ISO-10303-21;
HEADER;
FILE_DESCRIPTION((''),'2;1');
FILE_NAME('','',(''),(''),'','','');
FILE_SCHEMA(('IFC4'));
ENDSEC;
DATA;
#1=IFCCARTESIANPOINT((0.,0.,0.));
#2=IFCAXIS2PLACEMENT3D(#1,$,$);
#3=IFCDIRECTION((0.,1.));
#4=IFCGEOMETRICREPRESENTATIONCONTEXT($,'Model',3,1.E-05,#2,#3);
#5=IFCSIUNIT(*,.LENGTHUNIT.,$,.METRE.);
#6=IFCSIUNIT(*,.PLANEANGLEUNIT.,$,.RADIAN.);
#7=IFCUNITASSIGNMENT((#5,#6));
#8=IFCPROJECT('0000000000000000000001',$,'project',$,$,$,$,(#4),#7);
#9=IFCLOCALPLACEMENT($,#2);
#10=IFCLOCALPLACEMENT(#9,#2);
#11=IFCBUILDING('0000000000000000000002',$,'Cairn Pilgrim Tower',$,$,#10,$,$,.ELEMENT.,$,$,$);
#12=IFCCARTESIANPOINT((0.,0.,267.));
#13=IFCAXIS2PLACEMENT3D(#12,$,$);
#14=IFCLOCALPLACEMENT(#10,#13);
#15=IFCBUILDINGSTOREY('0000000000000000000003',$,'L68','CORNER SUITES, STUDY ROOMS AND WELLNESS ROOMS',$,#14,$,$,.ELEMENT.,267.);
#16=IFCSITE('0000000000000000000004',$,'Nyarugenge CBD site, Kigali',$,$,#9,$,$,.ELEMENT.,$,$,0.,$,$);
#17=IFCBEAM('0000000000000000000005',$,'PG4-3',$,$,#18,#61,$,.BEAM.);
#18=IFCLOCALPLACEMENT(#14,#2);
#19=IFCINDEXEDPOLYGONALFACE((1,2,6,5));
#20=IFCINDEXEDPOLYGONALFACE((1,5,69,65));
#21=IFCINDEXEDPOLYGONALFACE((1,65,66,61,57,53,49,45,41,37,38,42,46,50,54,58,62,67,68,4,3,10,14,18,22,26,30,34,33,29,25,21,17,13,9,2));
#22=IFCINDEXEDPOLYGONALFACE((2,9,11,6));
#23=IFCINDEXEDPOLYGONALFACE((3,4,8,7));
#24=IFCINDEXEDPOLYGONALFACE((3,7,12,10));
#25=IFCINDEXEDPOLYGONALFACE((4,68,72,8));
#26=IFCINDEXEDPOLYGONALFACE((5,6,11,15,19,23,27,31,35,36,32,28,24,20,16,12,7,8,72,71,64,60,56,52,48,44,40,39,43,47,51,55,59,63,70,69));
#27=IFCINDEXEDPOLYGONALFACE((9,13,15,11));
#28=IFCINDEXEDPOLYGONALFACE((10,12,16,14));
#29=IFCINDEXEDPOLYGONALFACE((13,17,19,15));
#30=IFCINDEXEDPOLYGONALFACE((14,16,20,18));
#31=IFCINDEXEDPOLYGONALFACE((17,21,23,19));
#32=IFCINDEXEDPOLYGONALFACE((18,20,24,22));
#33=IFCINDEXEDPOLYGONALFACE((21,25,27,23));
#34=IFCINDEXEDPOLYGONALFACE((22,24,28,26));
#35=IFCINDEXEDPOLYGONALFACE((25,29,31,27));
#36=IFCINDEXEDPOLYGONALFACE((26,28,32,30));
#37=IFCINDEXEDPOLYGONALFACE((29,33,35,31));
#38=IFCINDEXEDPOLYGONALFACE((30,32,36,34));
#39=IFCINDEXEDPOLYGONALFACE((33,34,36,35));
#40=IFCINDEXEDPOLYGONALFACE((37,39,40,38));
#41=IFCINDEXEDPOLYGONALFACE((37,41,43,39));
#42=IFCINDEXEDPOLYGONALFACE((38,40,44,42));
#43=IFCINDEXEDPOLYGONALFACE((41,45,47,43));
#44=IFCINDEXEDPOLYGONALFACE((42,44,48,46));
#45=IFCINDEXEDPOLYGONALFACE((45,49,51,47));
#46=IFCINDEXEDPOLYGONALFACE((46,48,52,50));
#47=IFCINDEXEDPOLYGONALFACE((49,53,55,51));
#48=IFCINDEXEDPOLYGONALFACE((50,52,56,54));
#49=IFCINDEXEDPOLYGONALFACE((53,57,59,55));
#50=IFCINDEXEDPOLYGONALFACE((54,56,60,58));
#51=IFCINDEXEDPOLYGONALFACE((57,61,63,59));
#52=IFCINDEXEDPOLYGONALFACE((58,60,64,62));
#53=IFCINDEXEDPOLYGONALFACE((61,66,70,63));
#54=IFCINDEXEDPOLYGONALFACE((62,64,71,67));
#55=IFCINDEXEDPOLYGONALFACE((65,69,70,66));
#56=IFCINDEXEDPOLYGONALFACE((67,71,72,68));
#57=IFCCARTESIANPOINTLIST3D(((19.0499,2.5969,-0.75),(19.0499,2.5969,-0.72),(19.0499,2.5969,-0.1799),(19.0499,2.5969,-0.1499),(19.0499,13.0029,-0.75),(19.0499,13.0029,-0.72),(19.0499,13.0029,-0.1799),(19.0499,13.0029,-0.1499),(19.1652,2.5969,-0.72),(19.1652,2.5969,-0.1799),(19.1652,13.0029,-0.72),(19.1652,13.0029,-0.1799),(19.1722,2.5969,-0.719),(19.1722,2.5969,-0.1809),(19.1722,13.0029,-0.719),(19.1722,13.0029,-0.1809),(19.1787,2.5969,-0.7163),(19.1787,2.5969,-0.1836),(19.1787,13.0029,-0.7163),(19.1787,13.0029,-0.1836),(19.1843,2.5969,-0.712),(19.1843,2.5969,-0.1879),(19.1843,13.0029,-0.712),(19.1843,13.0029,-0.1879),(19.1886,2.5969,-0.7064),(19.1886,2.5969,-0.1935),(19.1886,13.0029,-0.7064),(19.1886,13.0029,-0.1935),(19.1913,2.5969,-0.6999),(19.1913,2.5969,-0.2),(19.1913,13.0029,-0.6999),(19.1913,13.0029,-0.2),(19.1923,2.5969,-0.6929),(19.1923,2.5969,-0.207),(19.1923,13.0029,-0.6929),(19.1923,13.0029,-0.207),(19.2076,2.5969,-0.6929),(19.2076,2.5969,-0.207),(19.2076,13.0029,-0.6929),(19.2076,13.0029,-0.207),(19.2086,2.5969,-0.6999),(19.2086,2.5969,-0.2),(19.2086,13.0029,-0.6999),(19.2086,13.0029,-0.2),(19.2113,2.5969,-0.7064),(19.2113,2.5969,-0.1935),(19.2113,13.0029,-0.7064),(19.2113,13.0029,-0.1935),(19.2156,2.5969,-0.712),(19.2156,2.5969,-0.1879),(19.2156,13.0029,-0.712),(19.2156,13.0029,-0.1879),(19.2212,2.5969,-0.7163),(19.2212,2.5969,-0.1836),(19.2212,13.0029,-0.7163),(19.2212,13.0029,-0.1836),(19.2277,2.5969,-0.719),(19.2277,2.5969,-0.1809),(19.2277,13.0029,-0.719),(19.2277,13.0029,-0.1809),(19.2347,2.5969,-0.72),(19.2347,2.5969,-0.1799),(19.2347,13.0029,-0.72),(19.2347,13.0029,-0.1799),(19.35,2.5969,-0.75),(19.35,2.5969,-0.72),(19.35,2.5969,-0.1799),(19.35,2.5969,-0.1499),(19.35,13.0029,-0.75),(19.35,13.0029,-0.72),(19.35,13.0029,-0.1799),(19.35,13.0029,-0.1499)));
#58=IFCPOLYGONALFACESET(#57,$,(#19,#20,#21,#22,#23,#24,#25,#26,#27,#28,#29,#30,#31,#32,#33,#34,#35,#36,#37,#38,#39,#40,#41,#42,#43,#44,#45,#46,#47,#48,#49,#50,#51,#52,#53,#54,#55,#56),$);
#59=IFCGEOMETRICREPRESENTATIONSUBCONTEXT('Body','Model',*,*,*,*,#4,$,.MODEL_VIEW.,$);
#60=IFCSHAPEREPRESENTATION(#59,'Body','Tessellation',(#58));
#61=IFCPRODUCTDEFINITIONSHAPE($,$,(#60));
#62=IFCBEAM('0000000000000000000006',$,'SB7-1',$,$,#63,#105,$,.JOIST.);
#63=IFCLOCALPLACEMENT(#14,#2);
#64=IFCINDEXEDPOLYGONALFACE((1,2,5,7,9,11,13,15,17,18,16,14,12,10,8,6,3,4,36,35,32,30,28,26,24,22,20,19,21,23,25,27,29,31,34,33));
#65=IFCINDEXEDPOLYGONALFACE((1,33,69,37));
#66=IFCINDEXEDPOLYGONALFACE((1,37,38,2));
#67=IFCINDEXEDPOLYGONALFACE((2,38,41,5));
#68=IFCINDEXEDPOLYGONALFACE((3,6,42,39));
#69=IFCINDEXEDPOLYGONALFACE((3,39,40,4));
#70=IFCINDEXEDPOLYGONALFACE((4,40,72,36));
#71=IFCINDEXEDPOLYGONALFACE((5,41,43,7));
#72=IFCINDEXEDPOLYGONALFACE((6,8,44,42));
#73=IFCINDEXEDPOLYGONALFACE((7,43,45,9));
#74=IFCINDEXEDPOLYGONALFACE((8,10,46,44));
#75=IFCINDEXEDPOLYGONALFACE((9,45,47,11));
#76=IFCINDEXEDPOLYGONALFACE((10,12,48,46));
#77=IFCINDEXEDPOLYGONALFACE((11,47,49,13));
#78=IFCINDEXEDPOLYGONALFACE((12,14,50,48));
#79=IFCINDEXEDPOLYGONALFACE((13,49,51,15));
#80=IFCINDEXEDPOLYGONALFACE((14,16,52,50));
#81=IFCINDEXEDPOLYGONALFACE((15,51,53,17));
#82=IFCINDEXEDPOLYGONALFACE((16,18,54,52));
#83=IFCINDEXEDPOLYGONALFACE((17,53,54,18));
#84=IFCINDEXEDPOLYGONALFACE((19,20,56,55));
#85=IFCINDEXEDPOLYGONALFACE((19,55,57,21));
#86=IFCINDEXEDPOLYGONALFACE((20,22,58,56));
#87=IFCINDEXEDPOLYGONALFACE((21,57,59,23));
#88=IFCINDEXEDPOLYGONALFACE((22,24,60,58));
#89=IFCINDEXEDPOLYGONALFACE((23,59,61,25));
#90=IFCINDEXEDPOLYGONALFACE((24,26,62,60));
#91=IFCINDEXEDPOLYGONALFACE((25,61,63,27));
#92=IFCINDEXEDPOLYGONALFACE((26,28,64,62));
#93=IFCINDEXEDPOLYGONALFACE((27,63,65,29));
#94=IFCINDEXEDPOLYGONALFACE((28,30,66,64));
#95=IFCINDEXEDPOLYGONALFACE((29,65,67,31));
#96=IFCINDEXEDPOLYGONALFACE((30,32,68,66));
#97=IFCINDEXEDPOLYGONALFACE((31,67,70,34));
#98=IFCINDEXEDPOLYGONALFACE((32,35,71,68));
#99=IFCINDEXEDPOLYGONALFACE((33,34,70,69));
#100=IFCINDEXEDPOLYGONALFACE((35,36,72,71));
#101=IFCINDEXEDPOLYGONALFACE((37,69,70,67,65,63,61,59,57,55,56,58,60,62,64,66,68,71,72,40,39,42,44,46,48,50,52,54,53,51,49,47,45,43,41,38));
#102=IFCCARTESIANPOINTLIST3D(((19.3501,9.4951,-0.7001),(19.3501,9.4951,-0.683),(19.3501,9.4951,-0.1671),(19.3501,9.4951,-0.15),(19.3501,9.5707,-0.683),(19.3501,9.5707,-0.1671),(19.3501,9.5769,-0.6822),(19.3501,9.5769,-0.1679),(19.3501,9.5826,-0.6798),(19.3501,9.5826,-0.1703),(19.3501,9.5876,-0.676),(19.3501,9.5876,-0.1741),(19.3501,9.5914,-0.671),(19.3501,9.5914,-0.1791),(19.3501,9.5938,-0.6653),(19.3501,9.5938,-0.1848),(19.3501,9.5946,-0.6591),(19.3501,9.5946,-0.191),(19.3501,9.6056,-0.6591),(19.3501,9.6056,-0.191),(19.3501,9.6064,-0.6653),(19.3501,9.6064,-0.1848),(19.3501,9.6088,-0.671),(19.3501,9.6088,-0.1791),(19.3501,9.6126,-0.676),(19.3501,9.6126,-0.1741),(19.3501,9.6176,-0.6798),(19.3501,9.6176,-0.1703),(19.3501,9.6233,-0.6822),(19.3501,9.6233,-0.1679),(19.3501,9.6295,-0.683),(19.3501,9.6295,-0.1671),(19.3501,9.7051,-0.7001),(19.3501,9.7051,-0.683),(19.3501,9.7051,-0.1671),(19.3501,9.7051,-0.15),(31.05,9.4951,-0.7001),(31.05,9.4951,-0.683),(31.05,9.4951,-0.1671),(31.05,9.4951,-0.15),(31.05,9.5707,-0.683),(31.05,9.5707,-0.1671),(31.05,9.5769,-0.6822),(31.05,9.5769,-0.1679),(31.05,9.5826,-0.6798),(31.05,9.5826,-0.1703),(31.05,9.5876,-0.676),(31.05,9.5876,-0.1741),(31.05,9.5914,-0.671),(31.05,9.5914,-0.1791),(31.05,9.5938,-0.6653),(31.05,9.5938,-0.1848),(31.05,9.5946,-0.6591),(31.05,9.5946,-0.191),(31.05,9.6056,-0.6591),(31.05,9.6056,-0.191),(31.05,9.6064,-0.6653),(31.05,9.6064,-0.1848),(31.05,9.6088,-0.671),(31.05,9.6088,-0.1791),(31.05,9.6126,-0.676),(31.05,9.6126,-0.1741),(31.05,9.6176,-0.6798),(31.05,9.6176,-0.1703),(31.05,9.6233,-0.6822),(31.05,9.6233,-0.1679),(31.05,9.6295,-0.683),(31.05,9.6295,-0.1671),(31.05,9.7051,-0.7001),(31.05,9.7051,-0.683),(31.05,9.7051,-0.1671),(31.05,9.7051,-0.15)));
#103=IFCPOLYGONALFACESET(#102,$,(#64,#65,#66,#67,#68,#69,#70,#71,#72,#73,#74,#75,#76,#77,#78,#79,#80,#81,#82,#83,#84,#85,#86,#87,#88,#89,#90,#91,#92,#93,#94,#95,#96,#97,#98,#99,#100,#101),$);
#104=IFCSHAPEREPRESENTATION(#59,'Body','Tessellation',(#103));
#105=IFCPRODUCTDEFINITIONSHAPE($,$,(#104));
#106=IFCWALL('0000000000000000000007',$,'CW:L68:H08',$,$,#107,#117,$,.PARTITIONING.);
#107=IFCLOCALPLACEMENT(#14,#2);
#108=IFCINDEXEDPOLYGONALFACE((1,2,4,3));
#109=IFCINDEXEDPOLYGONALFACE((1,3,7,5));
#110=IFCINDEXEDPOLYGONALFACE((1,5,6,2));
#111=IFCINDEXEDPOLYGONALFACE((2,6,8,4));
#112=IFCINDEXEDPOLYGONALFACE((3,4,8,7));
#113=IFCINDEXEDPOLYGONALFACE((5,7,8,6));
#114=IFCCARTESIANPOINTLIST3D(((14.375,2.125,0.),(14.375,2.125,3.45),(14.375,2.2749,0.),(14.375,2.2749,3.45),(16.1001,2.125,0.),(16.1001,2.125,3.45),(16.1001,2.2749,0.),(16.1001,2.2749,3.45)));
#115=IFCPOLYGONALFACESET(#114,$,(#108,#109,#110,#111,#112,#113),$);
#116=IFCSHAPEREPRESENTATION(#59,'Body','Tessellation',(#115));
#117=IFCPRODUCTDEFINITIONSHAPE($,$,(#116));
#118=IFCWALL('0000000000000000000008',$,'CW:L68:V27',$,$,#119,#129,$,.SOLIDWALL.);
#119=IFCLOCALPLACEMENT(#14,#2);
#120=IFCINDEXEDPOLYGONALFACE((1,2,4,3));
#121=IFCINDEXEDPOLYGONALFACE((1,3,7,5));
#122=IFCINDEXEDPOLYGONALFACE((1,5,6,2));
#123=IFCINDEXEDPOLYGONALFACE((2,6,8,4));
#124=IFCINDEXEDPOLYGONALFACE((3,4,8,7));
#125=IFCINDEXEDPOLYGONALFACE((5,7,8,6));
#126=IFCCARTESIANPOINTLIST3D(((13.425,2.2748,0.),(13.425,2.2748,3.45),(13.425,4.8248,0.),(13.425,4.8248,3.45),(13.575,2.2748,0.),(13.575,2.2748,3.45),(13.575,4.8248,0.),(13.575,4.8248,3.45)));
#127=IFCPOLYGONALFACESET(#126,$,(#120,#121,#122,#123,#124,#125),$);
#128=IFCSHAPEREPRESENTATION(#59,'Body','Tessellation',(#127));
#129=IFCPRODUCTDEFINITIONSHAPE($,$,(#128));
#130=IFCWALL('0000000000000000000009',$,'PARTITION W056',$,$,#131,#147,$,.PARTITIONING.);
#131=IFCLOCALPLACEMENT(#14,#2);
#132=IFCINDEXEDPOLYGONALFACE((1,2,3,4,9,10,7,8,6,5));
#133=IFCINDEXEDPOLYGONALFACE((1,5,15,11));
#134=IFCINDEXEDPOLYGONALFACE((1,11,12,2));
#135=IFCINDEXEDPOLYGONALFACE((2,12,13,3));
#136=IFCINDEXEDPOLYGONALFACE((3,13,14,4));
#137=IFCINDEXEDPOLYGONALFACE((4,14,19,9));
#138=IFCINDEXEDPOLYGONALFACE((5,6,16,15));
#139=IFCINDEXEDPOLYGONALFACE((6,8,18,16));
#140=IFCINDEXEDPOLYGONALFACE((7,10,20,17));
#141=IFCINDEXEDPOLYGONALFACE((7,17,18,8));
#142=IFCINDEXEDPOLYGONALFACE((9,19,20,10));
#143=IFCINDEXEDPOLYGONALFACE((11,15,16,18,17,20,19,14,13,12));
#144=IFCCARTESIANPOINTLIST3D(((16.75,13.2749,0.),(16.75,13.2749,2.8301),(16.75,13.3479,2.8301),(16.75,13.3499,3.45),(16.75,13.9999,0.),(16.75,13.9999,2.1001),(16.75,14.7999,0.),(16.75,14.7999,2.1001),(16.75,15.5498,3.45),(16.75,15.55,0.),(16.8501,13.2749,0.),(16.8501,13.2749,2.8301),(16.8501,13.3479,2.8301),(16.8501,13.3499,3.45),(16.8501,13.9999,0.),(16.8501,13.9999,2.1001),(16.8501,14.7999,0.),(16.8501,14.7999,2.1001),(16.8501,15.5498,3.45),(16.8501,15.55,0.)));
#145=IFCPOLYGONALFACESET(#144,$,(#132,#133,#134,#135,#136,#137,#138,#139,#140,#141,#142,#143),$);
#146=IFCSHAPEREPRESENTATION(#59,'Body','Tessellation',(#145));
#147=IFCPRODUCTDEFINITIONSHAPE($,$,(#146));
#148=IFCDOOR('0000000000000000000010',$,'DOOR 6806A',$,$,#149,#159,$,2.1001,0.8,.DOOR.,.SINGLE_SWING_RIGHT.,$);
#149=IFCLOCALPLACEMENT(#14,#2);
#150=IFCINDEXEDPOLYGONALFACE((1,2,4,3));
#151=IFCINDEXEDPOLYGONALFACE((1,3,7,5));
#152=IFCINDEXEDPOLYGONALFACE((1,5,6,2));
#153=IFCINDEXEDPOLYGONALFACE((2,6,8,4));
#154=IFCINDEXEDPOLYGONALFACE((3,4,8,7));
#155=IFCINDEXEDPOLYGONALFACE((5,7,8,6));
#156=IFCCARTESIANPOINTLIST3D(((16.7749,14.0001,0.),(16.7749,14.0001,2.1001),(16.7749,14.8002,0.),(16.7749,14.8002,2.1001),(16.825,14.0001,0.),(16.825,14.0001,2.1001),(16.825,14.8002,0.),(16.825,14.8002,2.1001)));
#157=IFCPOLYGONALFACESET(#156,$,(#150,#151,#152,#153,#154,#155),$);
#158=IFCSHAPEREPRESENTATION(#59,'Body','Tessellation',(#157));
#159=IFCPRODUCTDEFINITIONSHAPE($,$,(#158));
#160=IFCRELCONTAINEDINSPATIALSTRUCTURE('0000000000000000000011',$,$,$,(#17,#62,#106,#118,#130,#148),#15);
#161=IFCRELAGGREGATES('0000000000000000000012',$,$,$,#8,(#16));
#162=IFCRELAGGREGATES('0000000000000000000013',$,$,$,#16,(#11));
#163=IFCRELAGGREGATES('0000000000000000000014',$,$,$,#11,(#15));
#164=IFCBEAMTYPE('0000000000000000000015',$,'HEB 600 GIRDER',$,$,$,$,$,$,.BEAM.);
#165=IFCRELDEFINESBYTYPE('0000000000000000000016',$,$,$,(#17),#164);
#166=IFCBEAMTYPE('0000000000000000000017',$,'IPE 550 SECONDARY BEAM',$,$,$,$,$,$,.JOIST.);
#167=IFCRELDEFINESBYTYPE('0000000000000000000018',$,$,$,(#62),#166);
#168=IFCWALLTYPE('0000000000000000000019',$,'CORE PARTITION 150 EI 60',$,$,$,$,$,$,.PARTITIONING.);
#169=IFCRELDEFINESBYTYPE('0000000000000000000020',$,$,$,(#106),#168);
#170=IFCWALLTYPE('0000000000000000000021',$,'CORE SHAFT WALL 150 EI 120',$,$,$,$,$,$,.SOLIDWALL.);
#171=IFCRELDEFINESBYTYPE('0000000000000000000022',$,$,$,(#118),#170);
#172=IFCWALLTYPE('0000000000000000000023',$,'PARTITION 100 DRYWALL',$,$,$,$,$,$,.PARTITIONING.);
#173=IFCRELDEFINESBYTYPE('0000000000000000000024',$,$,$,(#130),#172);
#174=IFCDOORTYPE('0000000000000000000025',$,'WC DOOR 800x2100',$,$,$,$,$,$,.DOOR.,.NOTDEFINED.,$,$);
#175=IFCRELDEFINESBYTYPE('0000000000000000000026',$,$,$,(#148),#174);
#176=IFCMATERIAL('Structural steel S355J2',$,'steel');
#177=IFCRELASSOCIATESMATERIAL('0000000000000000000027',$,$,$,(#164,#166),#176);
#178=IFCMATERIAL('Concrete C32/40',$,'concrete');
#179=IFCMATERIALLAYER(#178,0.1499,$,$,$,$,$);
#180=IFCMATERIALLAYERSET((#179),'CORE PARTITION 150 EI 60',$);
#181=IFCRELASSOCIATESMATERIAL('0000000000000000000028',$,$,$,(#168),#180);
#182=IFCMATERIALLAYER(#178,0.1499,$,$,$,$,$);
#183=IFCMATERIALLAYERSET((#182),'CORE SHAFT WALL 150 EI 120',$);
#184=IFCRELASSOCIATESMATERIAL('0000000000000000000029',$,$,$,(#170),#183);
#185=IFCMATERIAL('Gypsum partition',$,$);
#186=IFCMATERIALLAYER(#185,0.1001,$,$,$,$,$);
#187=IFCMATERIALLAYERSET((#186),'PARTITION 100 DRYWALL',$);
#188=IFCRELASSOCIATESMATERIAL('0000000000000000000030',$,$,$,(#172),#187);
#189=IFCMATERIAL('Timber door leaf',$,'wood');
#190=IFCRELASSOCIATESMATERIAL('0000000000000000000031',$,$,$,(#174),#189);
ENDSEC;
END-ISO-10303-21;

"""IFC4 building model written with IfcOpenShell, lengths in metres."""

from ifc_helpers import new_model, si_unit, direction, frame, frame_2d, origin, origin_2d, place, context, subcontext, project, spatial, polyline, rectangle, i_section, outline, extrude, material, layer, layer_set, material_profile, profile_set, type_object, element, fill, save


model = new_model("IFC4")

# Units and contexts
model_context = context("Model", 3, precision=1e-05, world=origin(), true_north=direction((0.0, 1.0)))
body_context = subcontext(model_context, "Body", "Model", "MODEL_VIEW")
ifc_project = project(units=[si_unit("LENGTHUNIT", "METRE"), si_unit("PLANEANGLEUNIT", "RADIAN")], contexts=[model_context])

# Site, building, storey
site_placement = place(None, origin())
site = spatial("IfcSite", under=ifc_project, at=site_placement, Name="Nyarugenge CBD site, Kigali", CompositionType="ELEMENT", RefElevation=0.0)
building_placement = place(site_placement, origin())
building = spatial("IfcBuilding", under=site, at=building_placement, Name="Cairn Pilgrim Tower", CompositionType="ELEMENT")
storey_placement = place(building_placement, frame((0.0, 0.0, 267.0)))
storey = spatial("IfcBuildingStorey", under=building, at=storey_placement, Name="L68", Description="CORNER SUITES, STUDY ROOMS AND WELLNESS ROOMS", CompositionType="ELEMENT", Elevation=267.0)

# Shared definitions
ifc_material_1 = material(Name="Structural steel S355J2", Category="steel")

# Beams
ifc_material_profile_1 = material_profile(ifc_material_1, i_section(OverallWidth=0.3, OverallDepth=0.6001, WebThickness=0.0154, FlangeThickness=0.03, FilletRadius=0.0271, at=origin_2d()), Name="HEB 600")
ifc_profile_set_1 = profile_set([ifc_material_profile_1], Name="Structural steel S355J2")
beam_type_1 = type_object("IfcBeamType", Name="HEB 600 GIRDER", PredefinedType="BEAM", material=ifc_profile_set_1)
beam_1_placement = place(storey_placement, frame((19.2, 2.5969, -0.45), z_axis=(0.0, 1.0, 0.0), x_axis=(-1.0, 0.0, 0.0)))
element("IfcBeam", 1, at=beam_1_placement, inside=storey, type_object=beam_type_1, Name="PG4-3", PredefinedType="BEAM", context=body_context, shape_type="SweptSolid", body=[
    extrude(i_section(OverallWidth=0.3, OverallDepth=0.6001, WebThickness=0.0154, FlangeThickness=0.03, FilletRadius=0.0271, at=origin_2d()), origin(), (0.0, 0.0, 1.0), 10.406),
])
ifc_material_profile_2 = material_profile(ifc_material_1, i_section(OverallWidth=0.21, OverallDepth=0.55, WebThickness=0.011, FlangeThickness=0.0171, FilletRadius=0.0239, at=origin_2d()), Name="IPE 550")
ifc_profile_set_2 = profile_set([ifc_material_profile_2], Name="Structural steel S355J2")
beam_type_2 = type_object("IfcBeamType", Name="IPE 550 SECONDARY BEAM", PredefinedType="JOIST", material=ifc_profile_set_2)
beam_2_placement = place(storey_placement, frame((19.3501, 9.6001, -0.425), z_axis=(1.0, 0.0, 0.0), x_axis=(0.0, 1.0, 0.0)))
element("IfcBeam", 2, at=beam_2_placement, inside=storey, type_object=beam_type_2, Name="SB7-1", PredefinedType="JOIST", context=body_context, shape_type="SweptSolid", body=[
    extrude(i_section(OverallWidth=0.21, OverallDepth=0.55, WebThickness=0.011, FlangeThickness=0.0171, FilletRadius=0.0239, at=origin_2d()), origin(), (0.0, 0.0, 1.0), 11.7),
])

# Walls
ifc_material_2 = material(Name="Concrete C32/40", Category="concrete")
ifc_layer_1 = layer(ifc_material_2, 0.1499)
ifc_layer_set_1 = layer_set([ifc_layer_1], Name="CORE PARTITION 150 EI 60")
wall_type_1 = type_object("IfcWallType", Name="CORE PARTITION 150 EI 60", PredefinedType="PARTITIONING", material=ifc_layer_set_1)
wall_1_placement = place(storey_placement, frame((14.375, 2.2, 0.0), z_axis=(0.0, 0.0, 1.0), x_axis=(1.0, 0.0, 0.0)))
element("IfcWall", 3, at=wall_1_placement, inside=storey, type_object=wall_type_1, Name="CW:L68:H08", PredefinedType="PARTITIONING", context=body_context, shape_type="SweptSolid", body=[
    extrude(rectangle(XDim=1.7251, YDim=0.1499, at=frame_2d((0.8625, 0.0))), origin(), (0.0, 0.0, 1.0), 3.45),
])
ifc_layer_2 = layer(ifc_material_2, 0.1499)
ifc_layer_set_2 = layer_set([ifc_layer_2], Name="CORE SHAFT WALL 150 EI 120")
wall_type_2 = type_object("IfcWallType", Name="CORE SHAFT WALL 150 EI 120", PredefinedType="SOLIDWALL", material=ifc_layer_set_2)
wall_2_placement = place(storey_placement, frame((13.5, 2.2749, 0.0), z_axis=(0.0, 0.0, 1.0), x_axis=(0.0, 1.0, 0.0)))
element("IfcWall", 4, at=wall_2_placement, inside=storey, type_object=wall_type_2, Name="CW:L68:V27", PredefinedType="SOLIDWALL", context=body_context, shape_type="SweptSolid", body=[
    extrude(rectangle(XDim=2.55, YDim=0.1499, at=frame_2d((1.2749, 0.0))), origin(), (0.0, 0.0, 1.0), 3.45),
])

# Wall, opening, door
ifc_material_3 = material(Name="Gypsum partition")
ifc_layer_3 = layer(ifc_material_3, 0.1001)
ifc_layer_set_3 = layer_set([ifc_layer_3], Name="PARTITION 100 DRYWALL")
wall_type_3 = type_object("IfcWallType", Name="PARTITION 100 DRYWALL", PredefinedType="PARTITIONING", material=ifc_layer_set_3)
wall_3_placement = place(storey_placement, frame((16.8, 13.2749, 0.0), z_axis=(0.0, 0.0, 1.0), x_axis=(0.0, 1.0, 0.0)))
wall_3 = element("IfcWall", 5, at=wall_3_placement, inside=storey, type_object=wall_type_3, Name="PARTITION W056", PredefinedType="PARTITIONING", context=body_context, shape_type="SweptSolid", body=[
    extrude(outline(polyline([(0.0, 0.0), (2.2751, 0.0), (2.2749, 3.45), (0.075, 3.45), (0.073, 2.8301), (0.0, 2.8301), (0.0, 0.0)])), frame((0.0, 0.05, 0.0), z_axis=(0.0, -1.0, 0.0), x_axis=(1.0, 0.0, 0.0)), (0.0, 0.0, 1.0), 0.1001),
])
opening_1_placement = place(wall_3_placement, frame((0.7251, 0.0, 0.0)))
opening_1 = element("IfcOpeningElement", 6, at=opening_1_placement, cuts=wall_3, PredefinedType="OPENING", context=body_context, shape_type="SweptSolid", body=[
    extrude(rectangle(XDim=0.8, YDim=2.1001, at=frame_2d((0.3999, 1.05))), frame((0.0, 0.0601, 0.0), z_axis=(0.0, -1.0, 0.0), x_axis=(1.0, 0.0, 0.0)), (0.0, 0.0, 1.0), 0.1201),
])
ifc_material_4 = material(Name="Timber door leaf", Category="wood")
door_type_1 = type_object("IfcDoorType", Name="WC DOOR 800x2100", OperationType="NOTDEFINED", PredefinedType="DOOR", material=ifc_material_4)
door_1_placement = place(opening_1_placement, frame((0.8, 0.0, 0.0), z_axis=(0.0, 0.0, 1.0), x_axis=(-1.0, 0.0, 0.0)))
door_1 = element("IfcDoor", 7, at=door_1_placement, inside=storey, type_object=door_type_1, Name="DOOR 6806A", OperationType="SINGLE_SWING_RIGHT", OverallHeight=2.1001, OverallWidth=0.8, PredefinedType="DOOR", context=body_context, shape_type="SweptSolid", body=[
    extrude(rectangle(XDim=0.8, YDim=2.1001, at=frame_2d((0.3999, 1.05))), frame((0.0, 0.0249, 0.0), z_axis=(0.0, -1.0, 0.0), x_axis=(1.0, 0.0, 0.0)), (0.0, 0.0, 1.0), 0.05),
])
fill(opening_1, door_1)

save(model, "model.ifc")
